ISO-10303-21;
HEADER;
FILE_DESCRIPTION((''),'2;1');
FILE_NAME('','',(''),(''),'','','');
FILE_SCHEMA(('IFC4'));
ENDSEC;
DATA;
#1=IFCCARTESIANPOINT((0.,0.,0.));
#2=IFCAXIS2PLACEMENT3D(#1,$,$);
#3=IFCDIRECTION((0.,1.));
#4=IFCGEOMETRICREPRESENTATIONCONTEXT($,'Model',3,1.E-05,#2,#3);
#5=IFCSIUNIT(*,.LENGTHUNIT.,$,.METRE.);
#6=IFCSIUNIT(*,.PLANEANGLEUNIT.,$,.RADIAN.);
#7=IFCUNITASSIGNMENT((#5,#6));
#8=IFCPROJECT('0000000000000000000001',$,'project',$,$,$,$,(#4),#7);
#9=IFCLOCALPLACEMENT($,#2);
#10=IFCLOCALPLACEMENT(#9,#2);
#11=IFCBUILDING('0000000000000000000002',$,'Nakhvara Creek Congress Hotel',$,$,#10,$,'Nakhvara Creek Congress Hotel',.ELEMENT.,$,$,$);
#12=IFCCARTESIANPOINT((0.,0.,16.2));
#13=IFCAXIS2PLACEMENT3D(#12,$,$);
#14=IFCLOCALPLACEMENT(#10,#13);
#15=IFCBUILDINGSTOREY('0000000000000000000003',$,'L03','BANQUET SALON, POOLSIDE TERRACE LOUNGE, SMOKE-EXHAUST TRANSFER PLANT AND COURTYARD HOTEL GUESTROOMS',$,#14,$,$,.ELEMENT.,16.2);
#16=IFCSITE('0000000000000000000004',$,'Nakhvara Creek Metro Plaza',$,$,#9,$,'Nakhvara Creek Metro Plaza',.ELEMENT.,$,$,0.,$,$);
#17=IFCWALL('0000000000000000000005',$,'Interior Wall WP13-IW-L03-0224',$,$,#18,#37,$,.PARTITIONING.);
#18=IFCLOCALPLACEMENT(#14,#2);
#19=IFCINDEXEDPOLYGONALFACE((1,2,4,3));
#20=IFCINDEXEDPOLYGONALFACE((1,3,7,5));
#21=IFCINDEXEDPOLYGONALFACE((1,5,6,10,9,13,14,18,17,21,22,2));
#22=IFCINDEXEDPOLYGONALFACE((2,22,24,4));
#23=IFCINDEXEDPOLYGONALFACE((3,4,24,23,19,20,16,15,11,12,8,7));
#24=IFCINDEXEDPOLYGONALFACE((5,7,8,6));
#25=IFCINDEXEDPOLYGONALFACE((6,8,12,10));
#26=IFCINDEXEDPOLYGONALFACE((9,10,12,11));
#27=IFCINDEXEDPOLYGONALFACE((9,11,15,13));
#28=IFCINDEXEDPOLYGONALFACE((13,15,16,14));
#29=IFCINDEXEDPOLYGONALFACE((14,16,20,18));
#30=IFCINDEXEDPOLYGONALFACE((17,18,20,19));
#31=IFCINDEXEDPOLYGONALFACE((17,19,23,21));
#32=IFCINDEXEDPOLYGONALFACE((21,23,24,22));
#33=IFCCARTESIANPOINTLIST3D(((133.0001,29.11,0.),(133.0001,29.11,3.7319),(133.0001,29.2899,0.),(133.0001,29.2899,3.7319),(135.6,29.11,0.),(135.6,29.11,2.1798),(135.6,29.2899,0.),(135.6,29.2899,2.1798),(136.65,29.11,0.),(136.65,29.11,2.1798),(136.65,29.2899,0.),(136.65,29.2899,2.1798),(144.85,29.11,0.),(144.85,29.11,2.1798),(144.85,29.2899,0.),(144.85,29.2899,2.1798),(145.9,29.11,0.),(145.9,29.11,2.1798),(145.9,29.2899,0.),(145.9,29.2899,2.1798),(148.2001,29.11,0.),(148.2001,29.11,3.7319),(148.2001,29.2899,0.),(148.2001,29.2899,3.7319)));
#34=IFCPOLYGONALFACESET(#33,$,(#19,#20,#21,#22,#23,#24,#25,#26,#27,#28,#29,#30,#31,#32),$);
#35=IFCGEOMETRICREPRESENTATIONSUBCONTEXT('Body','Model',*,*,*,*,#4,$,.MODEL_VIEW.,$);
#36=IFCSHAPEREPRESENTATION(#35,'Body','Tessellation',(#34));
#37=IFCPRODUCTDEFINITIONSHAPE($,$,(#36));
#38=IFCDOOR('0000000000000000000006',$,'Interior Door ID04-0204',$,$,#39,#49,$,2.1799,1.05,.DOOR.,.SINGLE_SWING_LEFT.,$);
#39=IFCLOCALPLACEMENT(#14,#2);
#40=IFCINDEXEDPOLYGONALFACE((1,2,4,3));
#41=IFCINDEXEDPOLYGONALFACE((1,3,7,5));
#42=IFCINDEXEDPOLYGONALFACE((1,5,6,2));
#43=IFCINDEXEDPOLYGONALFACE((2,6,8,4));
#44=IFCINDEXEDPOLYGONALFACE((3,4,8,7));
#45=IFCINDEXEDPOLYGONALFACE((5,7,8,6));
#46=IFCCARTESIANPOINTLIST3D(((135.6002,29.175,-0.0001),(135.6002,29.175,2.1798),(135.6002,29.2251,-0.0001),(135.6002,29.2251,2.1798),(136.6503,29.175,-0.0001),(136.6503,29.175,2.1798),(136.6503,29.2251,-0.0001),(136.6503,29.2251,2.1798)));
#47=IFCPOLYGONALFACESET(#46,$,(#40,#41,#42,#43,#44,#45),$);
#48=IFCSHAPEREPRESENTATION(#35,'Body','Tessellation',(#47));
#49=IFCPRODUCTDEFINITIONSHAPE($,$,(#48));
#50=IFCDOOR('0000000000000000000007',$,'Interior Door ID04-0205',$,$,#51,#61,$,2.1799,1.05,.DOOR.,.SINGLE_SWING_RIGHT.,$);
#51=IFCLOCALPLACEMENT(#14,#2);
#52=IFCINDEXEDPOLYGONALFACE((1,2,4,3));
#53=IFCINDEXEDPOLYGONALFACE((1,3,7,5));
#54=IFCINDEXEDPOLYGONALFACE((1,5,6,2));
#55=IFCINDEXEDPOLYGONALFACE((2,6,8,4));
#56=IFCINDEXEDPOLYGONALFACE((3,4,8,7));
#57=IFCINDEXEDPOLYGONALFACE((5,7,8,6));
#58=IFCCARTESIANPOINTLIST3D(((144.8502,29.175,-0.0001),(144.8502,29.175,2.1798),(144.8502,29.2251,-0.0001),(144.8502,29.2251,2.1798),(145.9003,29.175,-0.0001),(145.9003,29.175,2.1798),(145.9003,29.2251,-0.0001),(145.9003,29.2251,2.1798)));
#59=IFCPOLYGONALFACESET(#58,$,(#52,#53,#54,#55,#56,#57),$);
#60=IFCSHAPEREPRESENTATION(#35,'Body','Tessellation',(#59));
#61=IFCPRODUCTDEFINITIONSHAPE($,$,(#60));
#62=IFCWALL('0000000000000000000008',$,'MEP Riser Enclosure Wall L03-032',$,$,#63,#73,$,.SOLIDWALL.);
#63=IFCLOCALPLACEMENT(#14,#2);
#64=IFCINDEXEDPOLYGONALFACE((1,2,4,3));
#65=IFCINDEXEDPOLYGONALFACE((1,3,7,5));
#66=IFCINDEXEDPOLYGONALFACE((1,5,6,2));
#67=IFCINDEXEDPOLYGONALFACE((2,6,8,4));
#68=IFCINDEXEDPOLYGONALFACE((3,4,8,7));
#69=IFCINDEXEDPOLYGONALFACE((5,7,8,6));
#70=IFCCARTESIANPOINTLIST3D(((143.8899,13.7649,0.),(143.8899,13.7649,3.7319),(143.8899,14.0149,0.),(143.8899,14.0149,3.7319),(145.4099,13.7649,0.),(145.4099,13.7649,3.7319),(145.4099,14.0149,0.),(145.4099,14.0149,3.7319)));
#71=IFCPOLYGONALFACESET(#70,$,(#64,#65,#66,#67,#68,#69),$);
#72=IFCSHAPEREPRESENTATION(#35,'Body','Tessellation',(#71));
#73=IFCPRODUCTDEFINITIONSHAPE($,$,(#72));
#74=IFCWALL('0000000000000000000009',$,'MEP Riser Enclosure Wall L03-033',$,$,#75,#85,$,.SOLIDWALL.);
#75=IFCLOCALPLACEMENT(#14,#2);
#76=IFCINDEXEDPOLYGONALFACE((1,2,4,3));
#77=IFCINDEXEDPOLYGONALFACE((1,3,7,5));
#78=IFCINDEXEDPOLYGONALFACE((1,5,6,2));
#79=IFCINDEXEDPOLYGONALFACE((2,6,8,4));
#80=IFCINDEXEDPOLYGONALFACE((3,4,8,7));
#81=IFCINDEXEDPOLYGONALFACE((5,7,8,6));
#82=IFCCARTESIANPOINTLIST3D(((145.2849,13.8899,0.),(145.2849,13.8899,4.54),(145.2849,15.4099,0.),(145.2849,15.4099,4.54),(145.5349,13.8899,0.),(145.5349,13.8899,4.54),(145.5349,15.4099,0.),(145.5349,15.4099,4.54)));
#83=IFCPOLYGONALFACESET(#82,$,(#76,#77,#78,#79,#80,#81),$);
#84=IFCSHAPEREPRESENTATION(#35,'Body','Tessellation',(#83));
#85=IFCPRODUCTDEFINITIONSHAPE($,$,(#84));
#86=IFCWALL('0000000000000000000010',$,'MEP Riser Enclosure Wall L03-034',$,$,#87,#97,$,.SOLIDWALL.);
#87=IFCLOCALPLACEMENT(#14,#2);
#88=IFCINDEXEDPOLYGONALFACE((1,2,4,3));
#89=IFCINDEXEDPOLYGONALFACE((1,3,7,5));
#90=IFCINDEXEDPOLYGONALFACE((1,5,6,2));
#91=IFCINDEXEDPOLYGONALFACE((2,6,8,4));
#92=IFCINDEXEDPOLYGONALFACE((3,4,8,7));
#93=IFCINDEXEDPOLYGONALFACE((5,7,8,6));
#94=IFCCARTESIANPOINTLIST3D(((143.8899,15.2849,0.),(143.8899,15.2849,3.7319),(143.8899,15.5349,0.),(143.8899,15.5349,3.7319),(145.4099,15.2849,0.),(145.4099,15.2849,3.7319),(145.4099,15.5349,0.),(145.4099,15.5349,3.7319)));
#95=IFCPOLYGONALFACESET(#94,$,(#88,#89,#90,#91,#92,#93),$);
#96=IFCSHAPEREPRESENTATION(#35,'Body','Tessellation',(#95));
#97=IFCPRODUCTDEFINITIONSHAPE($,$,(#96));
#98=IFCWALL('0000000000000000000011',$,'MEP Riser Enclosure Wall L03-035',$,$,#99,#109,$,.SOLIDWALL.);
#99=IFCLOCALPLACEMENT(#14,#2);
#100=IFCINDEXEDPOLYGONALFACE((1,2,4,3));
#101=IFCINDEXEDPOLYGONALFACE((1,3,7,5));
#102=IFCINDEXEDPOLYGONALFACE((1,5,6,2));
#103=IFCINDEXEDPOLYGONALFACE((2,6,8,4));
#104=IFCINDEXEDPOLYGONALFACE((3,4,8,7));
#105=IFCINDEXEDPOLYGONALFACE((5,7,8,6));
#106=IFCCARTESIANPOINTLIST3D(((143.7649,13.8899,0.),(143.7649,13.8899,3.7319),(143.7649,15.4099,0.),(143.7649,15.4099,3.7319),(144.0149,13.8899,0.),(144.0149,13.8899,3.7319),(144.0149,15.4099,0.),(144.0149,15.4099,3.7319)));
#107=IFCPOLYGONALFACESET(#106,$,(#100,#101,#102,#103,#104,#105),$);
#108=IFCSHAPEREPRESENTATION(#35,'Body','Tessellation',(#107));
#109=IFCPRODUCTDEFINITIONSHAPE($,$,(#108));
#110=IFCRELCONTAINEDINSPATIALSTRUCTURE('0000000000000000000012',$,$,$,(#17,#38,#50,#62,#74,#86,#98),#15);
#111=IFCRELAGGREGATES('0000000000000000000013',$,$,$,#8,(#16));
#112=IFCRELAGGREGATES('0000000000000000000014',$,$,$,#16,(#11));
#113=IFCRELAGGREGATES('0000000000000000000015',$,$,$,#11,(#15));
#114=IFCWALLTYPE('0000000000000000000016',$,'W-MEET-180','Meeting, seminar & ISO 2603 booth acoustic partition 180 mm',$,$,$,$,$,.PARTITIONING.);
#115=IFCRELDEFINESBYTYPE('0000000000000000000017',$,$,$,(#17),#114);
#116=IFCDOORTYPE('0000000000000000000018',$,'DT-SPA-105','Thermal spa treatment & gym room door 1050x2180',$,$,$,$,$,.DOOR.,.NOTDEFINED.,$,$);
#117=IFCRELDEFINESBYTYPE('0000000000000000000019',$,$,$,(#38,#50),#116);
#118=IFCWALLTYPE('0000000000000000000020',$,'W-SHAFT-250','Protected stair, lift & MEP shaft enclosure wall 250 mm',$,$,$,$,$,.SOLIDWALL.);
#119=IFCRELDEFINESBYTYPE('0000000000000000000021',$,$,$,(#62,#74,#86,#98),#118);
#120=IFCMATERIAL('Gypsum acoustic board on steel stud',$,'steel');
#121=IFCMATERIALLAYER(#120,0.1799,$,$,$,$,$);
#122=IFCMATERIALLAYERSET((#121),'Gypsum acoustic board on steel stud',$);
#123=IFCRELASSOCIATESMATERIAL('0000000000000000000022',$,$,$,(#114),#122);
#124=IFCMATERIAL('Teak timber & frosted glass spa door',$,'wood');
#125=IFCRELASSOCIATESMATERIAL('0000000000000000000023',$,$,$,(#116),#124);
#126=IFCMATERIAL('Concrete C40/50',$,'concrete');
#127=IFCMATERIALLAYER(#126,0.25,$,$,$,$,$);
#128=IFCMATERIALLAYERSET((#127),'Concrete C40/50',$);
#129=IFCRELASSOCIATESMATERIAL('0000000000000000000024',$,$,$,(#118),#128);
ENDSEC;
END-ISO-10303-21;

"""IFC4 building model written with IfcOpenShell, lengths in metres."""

from ifc_helpers import new_model, si_unit, direction, frame, frame_2d, origin, place, context, subcontext, project, spatial, rectangle, extrude, material, layer, layer_set, type_object, element, fill, save


model = new_model("IFC4")

# Units and contexts
model_context = context("Model", 3, precision=1e-05, world=origin(), true_north=direction((0.0, 1.0)))
body_context = subcontext(model_context, "Body", "Model", "MODEL_VIEW")
ifc_project = project(units=[si_unit("LENGTHUNIT", "METRE"), si_unit("PLANEANGLEUNIT", "RADIAN")], contexts=[model_context])

# Site, building, storey
site_placement = place(None, origin())
site = spatial("IfcSite", under=ifc_project, at=site_placement, Name="Nakhvara Creek Metro Plaza", LongName="Nakhvara Creek Metro Plaza", CompositionType="ELEMENT", RefElevation=0.0)
building_placement = place(site_placement, origin())
building = spatial("IfcBuilding", under=site, at=building_placement, Name="Nakhvara Creek Congress Hotel", LongName="Nakhvara Creek Congress Hotel", CompositionType="ELEMENT")
storey_placement = place(building_placement, frame((0.0, 0.0, 16.2)))
storey = spatial("IfcBuildingStorey", under=building, at=storey_placement, Name="L03", Description="BANQUET SALON, POOLSIDE TERRACE LOUNGE, SMOKE-EXHAUST TRANSFER PLANT AND COURTYARD HOTEL GUESTROOMS", CompositionType="ELEMENT", Elevation=16.2)

# Shared definitions
ifc_material_1 = material(Name="Concrete C40/50", Category="concrete")

# Wall, openings, doors
ifc_material_2 = material(Name="Gypsum acoustic board on steel stud", Category="steel")
ifc_layer_1 = layer(ifc_material_2, 0.1799)
ifc_layer_set_1 = layer_set([ifc_layer_1], Name="Gypsum acoustic board on steel stud")
wall_type_1 = type_object("IfcWallType", Name="W-MEET-180", Description="Meeting, seminar & ISO 2603 booth acoustic partition 180 mm", PredefinedType="PARTITIONING", material=ifc_layer_set_1)
wall_1_placement = place(storey_placement, frame((133.0, 29.2, 0.0), z_axis=(0.0, 0.0, 1.0), x_axis=(1.0, 0.0, 0.0)))
wall_1 = element("IfcWall", 1, at=wall_1_placement, inside=storey, type_object=wall_type_1, Name="Interior Wall WP13-IW-L03-0224", PredefinedType="PARTITIONING", context=body_context, shape_type="SweptSolid", body=[
    extrude(rectangle(XDim=15.2, YDim=0.1799, at=frame_2d((7.6001, 0.0))), origin(), (0.0, 0.0, 1.0), 3.7319),
])
opening_1_placement = place(wall_1_placement, frame((2.6001, 0.0, 0.0)))
opening_1 = element("IfcOpeningElement", 2, at=opening_1_placement, cuts=wall_1, PredefinedType="OPENING", context=body_context, shape_type="SweptSolid", body=[
    extrude(rectangle(XDim=1.05, YDim=2.1799, at=frame_2d((0.5249, 1.0898))), frame((0.0, 0.1021, 0.0), z_axis=(0.0, -1.0, 0.0), x_axis=(1.0, 0.0, 0.0)), (0.0, 0.0, 1.0), 0.2039),
])
opening_2_placement = place(wall_1_placement, frame((11.8501, 0.0, 0.0)))
opening_2 = element("IfcOpeningElement", 3, at=opening_2_placement, cuts=wall_1, PredefinedType="OPENING", context=body_context, shape_type="SweptSolid", body=[
    extrude(rectangle(XDim=1.05, YDim=2.1799, at=frame_2d((0.5249, 1.0898))), frame((0.0, 0.1021, 0.0), z_axis=(0.0, -1.0, 0.0), x_axis=(1.0, 0.0, 0.0)), (0.0, 0.0, 1.0), 0.2039),
])
ifc_material_3 = material(Name="Teak timber & frosted glass spa door", Category="wood")
door_type = type_object("IfcDoorType", Name="DT-SPA-105", Description="Thermal spa treatment & gym room door 1050x2180", OperationType="NOTDEFINED", PredefinedType="DOOR", material=ifc_material_3)
door_1_placement = place(opening_1_placement, frame((1.05, 0.0, 0.0), z_axis=(0.0, 0.0, 1.0), x_axis=(-1.0, 0.0, 0.0)))
door_1 = element("IfcDoor", 4, at=door_1_placement, inside=storey, type_object=door_type, Name="Interior Door ID04-0204", OperationType="SINGLE_SWING_LEFT", OverallHeight=2.1799, OverallWidth=1.05, PredefinedType="DOOR", context=body_context, shape_type="SweptSolid", body=[
    extrude(rectangle(XDim=1.05, YDim=2.1799, at=frame_2d((0.5249, 1.0898))), frame((0.0, 0.0249, 0.0), z_axis=(0.0, -1.0, 0.0), x_axis=(1.0, 0.0, 0.0)), (0.0, 0.0, 1.0), 0.05),
])
fill(opening_1, door_1)
door_2_placement = place(opening_2_placement, frame((1.05, 0.0, 0.0), z_axis=(0.0, 0.0, 1.0), x_axis=(-1.0, 0.0, 0.0)))
door_2 = element("IfcDoor", 5, at=door_2_placement, inside=storey, type_object=door_type, Name="Interior Door ID04-0205", OperationType="SINGLE_SWING_RIGHT", OverallHeight=2.1799, OverallWidth=1.05, PredefinedType="DOOR", context=body_context, shape_type="SweptSolid", body=[
    extrude(rectangle(XDim=1.05, YDim=2.1799, at=frame_2d((0.5249, 1.0898))), frame((0.0, 0.0249, 0.0), z_axis=(0.0, -1.0, 0.0), x_axis=(1.0, 0.0, 0.0)), (0.0, 0.0, 1.0), 0.05),
])
fill(opening_2, door_2)

# Walls
ifc_layer_2 = layer(ifc_material_1, 0.25)
ifc_layer_set_2 = layer_set([ifc_layer_2], Name="Concrete C40/50")
wall_type_2 = type_object("IfcWallType", Name="W-SHAFT-250", Description="Protected stair, lift & MEP shaft enclosure wall 250 mm", PredefinedType="SOLIDWALL", material=ifc_layer_set_2)
wall_2_placement = place(storey_placement, frame((143.8899, 13.8899, 0.0), z_axis=(0.0, 0.0, 1.0), x_axis=(1.0, 0.0, 0.0)))
element("IfcWall", 6, at=wall_2_placement, inside=storey, type_object=wall_type_2, Name="MEP Riser Enclosure Wall L03-032", PredefinedType="SOLIDWALL", context=body_context, shape_type="SweptSolid", body=[
    extrude(rectangle(XDim=1.52, YDim=0.25, at=frame_2d((0.76, 0.0))), origin(), (0.0, 0.0, 1.0), 3.7319),
])
wall_3_placement = place(storey_placement, frame((145.4099, 13.8899, 0.0), z_axis=(0.0, 0.0, 1.0), x_axis=(0.0, 1.0, 0.0)))
element("IfcWall", 7, at=wall_3_placement, inside=storey, type_object=wall_type_2, Name="MEP Riser Enclosure Wall L03-033", PredefinedType="SOLIDWALL", context=body_context, shape_type="SweptSolid", body=[
    extrude(rectangle(XDim=1.52, YDim=0.25, at=frame_2d((0.76, 0.0))), origin(), (0.0, 0.0, 1.0), 4.54),
])
for number, where, z_axis, x_axis, name in (
    (8, (145.4099, 15.4099, 0.0), (0.0, 0.0, 1.0), (-1.0, 0.0, 0.0), "MEP Riser Enclosure Wall L03-034"),
    (9, (143.8899, 15.4099, 0.0), (0.0, 0.0, 1.0), (0.0, -1.0, 0.0), "MEP Riser Enclosure Wall L03-035"),
):
    element("IfcWall", number, at=place(storey_placement, frame(where, z_axis=z_axis, x_axis=x_axis)), inside=storey, type_object=wall_type_2, Name=name, PredefinedType="SOLIDWALL", context=body_context, shape_type="SweptSolid", body=[
        extrude(rectangle(XDim=1.52, YDim=0.25, at=frame_2d((0.76, 0.0))), origin(), (0.0, 0.0, 1.0), 3.7319),
    ])

save(model, "model.ifc")
